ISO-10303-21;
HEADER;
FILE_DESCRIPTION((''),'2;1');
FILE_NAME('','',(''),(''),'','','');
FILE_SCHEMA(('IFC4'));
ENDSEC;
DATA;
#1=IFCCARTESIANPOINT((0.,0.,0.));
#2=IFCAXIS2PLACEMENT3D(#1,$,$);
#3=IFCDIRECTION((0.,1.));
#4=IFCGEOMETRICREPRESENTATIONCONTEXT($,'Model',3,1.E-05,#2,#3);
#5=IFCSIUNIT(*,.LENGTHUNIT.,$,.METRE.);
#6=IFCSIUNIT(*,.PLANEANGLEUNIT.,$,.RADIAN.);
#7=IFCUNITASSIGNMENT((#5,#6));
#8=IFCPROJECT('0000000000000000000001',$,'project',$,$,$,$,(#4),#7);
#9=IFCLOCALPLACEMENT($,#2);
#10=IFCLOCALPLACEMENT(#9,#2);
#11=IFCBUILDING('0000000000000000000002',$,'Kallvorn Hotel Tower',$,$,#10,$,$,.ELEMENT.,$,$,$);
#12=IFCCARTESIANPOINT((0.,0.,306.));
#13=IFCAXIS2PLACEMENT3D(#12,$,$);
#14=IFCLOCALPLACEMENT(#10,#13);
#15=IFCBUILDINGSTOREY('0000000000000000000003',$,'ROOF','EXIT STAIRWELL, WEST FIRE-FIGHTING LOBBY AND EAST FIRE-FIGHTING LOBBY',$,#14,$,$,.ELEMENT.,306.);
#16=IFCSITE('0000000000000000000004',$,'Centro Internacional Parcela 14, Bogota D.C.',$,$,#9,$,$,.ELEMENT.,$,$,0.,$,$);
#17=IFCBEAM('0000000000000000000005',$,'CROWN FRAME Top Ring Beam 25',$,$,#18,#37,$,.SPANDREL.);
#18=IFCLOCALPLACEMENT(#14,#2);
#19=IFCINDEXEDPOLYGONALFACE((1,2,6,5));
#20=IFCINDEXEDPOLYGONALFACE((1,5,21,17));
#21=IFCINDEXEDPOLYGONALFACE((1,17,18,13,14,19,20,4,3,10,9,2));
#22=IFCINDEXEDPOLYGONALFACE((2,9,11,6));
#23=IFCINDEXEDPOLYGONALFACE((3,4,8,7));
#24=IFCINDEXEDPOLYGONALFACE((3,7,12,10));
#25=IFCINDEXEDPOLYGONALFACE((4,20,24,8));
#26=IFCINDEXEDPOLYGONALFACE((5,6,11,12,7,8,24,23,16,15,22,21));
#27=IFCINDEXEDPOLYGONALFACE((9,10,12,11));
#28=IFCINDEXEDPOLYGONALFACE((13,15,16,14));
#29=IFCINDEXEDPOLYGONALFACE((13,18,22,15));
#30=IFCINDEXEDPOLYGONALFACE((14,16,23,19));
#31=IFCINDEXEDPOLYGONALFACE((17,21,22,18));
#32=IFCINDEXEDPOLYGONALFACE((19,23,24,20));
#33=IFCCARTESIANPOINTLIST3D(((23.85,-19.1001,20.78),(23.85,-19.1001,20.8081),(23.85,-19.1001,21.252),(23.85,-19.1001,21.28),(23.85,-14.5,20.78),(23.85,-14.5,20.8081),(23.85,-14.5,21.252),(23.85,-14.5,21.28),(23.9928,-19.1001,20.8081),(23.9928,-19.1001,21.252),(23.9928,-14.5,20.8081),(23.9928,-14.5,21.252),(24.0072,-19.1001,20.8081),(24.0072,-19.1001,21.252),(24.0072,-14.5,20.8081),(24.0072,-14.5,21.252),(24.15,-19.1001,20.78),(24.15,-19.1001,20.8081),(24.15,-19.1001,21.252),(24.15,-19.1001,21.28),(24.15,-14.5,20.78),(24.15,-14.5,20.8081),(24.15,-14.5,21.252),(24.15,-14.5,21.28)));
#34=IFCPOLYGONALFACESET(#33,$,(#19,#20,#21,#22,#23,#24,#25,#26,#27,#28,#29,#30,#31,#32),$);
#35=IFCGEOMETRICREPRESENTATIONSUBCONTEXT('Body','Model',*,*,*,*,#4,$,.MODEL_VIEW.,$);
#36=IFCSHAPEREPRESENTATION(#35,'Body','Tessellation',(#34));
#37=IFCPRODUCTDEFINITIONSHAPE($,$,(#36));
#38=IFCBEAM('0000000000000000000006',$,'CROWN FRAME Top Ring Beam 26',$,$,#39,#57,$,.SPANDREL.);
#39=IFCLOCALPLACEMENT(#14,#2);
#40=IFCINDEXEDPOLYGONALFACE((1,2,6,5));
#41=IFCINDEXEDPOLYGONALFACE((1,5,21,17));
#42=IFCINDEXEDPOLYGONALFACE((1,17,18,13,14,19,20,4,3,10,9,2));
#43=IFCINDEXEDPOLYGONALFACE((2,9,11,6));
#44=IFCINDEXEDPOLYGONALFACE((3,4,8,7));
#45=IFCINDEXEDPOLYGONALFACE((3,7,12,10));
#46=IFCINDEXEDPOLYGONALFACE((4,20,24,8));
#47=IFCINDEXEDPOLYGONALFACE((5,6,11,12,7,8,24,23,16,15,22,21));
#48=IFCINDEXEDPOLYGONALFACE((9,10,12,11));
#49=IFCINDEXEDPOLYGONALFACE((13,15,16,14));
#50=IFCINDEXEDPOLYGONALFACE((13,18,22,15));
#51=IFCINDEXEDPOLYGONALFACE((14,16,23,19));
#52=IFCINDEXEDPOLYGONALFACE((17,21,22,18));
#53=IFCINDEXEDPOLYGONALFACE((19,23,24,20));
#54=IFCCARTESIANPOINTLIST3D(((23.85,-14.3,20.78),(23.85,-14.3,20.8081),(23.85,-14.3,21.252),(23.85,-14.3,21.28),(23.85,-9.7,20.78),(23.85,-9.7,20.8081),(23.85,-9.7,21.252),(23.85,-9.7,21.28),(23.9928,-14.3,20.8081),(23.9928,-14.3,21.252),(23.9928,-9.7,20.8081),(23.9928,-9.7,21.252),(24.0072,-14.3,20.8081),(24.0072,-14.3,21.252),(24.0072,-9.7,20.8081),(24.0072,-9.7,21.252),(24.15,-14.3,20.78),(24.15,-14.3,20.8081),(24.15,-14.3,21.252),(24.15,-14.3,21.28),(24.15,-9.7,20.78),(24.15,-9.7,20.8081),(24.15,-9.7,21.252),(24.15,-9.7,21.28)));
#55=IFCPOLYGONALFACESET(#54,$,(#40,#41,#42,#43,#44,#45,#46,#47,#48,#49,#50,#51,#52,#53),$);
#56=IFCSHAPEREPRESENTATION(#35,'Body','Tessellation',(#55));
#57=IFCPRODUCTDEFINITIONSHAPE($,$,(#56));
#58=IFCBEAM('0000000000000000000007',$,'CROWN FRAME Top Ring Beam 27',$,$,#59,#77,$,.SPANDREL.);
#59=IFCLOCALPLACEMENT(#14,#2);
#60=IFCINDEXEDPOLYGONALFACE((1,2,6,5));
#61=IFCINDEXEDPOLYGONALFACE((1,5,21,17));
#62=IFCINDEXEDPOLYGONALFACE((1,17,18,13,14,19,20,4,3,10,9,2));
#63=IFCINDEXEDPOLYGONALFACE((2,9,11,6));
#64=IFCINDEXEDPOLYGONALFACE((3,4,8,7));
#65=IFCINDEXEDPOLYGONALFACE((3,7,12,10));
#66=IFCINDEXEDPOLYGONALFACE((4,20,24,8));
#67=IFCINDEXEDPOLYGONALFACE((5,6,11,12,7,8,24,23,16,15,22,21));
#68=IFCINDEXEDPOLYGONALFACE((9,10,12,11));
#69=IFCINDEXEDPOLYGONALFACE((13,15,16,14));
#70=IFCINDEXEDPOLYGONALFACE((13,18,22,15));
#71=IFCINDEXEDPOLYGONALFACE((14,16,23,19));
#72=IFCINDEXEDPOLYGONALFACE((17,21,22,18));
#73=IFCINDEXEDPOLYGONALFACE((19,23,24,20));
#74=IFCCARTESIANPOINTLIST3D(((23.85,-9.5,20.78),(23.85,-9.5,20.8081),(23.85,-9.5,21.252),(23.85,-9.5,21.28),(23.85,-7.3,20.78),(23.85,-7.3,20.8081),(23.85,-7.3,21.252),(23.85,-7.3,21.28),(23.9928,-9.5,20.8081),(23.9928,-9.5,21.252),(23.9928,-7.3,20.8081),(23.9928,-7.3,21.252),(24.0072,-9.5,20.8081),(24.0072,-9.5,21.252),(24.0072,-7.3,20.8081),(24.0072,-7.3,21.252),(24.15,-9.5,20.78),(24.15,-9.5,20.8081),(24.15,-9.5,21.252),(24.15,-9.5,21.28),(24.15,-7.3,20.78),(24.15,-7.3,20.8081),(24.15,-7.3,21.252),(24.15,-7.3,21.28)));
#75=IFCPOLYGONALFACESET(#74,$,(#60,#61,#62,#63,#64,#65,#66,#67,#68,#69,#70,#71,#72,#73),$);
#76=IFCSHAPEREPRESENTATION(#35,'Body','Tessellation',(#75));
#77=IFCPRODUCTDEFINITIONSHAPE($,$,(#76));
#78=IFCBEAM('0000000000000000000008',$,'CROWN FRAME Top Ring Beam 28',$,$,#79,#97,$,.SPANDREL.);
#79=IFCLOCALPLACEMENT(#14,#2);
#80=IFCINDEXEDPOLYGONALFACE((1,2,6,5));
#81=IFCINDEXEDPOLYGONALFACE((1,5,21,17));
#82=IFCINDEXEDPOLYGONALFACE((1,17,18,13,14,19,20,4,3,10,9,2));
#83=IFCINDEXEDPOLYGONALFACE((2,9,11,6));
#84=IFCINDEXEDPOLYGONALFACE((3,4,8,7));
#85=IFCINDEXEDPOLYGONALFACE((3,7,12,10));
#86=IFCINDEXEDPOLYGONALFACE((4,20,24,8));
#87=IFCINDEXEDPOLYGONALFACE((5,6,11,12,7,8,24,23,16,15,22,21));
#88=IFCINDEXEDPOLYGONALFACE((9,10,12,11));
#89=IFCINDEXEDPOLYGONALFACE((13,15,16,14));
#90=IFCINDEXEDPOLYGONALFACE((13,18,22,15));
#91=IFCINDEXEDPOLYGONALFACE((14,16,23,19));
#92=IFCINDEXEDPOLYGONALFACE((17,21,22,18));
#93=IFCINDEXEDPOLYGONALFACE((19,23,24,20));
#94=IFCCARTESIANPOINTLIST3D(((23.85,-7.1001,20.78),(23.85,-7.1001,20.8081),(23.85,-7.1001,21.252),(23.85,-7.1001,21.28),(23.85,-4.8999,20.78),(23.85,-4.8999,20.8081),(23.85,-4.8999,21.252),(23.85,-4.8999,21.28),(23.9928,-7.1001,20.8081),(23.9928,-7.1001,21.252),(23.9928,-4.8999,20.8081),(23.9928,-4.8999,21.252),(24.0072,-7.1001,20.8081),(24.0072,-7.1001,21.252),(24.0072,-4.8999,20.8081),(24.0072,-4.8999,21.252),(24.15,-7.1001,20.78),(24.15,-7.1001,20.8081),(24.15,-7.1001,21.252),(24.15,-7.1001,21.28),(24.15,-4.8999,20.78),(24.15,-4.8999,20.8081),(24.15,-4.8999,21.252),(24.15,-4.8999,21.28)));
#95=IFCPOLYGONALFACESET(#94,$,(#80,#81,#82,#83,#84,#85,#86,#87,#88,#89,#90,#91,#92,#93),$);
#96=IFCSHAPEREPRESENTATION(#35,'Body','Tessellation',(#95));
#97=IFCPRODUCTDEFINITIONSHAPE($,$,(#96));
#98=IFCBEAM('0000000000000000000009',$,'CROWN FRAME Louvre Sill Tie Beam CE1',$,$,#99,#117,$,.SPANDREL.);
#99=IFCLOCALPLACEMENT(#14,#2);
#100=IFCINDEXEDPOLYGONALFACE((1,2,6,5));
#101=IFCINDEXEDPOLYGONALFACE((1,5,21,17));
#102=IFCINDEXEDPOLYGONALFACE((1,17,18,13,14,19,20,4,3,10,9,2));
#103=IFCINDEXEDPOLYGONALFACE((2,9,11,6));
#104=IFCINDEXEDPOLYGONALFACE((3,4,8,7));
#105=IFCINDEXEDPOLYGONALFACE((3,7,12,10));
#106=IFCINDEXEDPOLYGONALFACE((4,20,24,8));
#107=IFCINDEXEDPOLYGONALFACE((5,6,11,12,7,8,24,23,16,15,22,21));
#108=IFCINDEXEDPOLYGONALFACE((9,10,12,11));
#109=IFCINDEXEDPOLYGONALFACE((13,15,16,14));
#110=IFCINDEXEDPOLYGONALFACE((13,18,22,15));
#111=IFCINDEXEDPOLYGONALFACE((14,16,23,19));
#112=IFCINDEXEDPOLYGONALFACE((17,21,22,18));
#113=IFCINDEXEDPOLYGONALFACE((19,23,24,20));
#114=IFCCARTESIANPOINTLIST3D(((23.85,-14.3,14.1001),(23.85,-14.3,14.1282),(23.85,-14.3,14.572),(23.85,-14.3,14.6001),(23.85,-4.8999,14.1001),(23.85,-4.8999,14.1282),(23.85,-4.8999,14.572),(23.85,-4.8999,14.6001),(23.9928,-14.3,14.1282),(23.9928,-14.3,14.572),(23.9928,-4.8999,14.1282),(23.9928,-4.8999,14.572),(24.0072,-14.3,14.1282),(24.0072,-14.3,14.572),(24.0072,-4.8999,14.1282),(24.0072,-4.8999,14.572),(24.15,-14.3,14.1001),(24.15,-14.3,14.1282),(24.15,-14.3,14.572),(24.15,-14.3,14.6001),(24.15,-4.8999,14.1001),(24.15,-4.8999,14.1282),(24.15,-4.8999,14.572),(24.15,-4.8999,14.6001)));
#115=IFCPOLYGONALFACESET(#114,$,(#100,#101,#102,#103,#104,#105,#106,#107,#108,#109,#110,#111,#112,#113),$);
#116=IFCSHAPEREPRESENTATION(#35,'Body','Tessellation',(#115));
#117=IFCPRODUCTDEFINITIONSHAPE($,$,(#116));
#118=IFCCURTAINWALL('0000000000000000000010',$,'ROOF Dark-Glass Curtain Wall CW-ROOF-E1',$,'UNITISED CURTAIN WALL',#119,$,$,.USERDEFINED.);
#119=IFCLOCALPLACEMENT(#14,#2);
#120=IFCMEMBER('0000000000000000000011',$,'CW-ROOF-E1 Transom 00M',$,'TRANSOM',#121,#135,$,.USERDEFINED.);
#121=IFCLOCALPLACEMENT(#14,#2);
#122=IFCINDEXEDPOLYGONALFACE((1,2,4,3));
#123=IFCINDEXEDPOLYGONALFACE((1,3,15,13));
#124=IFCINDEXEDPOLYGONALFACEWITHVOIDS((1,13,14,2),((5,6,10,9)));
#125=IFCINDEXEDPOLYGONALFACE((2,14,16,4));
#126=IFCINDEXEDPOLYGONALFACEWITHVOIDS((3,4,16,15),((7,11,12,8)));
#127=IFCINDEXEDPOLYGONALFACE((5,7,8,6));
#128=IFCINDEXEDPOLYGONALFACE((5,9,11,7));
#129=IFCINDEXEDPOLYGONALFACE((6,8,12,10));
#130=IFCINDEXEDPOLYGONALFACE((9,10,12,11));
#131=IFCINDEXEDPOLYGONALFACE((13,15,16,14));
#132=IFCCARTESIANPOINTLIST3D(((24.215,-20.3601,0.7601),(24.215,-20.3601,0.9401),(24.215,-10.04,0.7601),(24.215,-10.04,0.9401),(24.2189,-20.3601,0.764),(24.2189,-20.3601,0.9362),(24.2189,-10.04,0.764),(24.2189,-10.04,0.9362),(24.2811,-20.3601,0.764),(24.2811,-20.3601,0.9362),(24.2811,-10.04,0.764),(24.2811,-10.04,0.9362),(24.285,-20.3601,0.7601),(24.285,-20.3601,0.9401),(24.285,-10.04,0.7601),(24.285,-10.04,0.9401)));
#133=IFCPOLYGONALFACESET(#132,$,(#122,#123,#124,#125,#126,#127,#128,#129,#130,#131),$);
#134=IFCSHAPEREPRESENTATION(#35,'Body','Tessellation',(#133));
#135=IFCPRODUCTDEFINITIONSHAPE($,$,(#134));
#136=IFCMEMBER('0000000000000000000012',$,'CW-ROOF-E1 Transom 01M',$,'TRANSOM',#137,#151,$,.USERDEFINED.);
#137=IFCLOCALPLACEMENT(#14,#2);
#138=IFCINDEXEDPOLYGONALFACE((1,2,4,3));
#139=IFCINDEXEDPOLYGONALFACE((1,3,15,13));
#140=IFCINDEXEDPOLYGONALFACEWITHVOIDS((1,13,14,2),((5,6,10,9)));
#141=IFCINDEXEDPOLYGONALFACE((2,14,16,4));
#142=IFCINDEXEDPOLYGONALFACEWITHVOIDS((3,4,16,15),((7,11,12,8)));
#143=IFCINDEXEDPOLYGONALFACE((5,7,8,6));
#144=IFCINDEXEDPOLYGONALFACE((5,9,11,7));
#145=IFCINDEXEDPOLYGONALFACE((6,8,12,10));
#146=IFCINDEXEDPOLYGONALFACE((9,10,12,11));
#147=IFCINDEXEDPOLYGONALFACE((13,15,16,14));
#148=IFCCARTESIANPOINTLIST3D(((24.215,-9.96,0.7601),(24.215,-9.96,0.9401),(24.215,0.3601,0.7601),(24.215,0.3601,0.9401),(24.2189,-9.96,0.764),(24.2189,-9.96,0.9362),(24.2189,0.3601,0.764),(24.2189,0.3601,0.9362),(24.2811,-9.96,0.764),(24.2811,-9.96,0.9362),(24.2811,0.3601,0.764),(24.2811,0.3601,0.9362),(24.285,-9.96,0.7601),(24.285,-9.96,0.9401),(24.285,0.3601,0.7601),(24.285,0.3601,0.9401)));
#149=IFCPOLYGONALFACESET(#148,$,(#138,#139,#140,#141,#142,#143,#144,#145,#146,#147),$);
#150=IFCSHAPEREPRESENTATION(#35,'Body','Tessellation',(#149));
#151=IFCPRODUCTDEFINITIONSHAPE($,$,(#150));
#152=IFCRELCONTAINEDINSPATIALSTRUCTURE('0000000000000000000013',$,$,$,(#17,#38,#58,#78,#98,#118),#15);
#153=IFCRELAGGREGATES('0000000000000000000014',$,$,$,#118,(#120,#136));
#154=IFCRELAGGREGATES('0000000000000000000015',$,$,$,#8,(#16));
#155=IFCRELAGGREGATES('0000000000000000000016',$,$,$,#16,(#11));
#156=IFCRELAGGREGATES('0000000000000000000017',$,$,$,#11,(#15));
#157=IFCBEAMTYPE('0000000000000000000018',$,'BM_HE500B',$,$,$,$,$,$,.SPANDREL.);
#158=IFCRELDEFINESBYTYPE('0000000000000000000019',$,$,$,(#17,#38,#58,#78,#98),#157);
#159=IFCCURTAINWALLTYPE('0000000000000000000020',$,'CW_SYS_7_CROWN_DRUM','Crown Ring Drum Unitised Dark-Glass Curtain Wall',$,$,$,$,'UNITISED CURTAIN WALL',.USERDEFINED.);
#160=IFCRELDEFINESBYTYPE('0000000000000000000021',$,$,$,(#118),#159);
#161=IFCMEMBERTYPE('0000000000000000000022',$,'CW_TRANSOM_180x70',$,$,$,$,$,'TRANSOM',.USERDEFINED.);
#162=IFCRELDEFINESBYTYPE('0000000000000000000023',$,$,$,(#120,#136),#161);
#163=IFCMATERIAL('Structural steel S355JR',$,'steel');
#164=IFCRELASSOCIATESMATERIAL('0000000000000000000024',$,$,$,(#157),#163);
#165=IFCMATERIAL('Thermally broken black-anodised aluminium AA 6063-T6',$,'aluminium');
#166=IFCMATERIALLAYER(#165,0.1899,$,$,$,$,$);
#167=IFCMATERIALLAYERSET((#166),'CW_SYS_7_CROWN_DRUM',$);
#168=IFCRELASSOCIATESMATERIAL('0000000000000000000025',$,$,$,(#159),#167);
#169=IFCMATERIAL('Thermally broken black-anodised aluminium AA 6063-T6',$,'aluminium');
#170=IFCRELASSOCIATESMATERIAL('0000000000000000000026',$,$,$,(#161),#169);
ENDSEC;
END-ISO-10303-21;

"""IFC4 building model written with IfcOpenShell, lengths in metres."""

from ifc_helpers import new_model, si_unit, direction, frame, origin, origin_2d, place, context, subcontext, project, spatial, hollow_rectangle, i_section, extrude, material, layer, layer_set, material_profile, profile_set, type_object, element, aggregate, save


model = new_model("IFC4")

# Units and contexts
model_context = context("Model", 3, precision=1e-05, world=origin(), true_north=direction((0.0, 1.0)))
body_context = subcontext(model_context, "Body", "Model", "MODEL_VIEW")
ifc_project = project(units=[si_unit("LENGTHUNIT", "METRE"), si_unit("PLANEANGLEUNIT", "RADIAN")], contexts=[model_context])

# Site, building, storey
site_placement = place(None, origin())
site = spatial("IfcSite", under=ifc_project, at=site_placement, Name="Centro Internacional Parcela 14, Bogota D.C.", CompositionType="ELEMENT", RefElevation=0.0)
building_placement = place(site_placement, origin())
building = spatial("IfcBuilding", under=site, at=building_placement, Name="Kallvorn Hotel Tower", CompositionType="ELEMENT")
storey_placement = place(building_placement, frame((0.0, 0.0, 306.0)))
storey = spatial("IfcBuildingStorey", under=building, at=storey_placement, Name="ROOF", Description="EXIT STAIRWELL, WEST FIRE-FIGHTING LOBBY AND EAST FIRE-FIGHTING LOBBY", CompositionType="ELEMENT", Elevation=306.0)

# Beams
ifc_material_1 = material(Name="Structural steel S355JR", Category="steel")
ifc_material_profile_1 = material_profile(ifc_material_1, i_section(OverallWidth=0.3, OverallDepth=0.5, WebThickness=0.0144, FlangeThickness=0.0281, at=origin_2d()), Name="HE 500 B")
ifc_profile_set_1 = profile_set([ifc_material_profile_1], Name="Structural steel S355JR")
beam_type = type_object("IfcBeamType", Name="BM_HE500B", PredefinedType="SPANDREL", material=ifc_profile_set_1)
for number, where, z_axis, x_axis, name in (
    (1, (24.0, -19.1001, 21.03), (0.0, 1.0, 0.0), (-1.0, 0.0, 0.0), "CROWN FRAME Top Ring Beam 25"),
    (2, (24.0, -14.3, 21.03), (0.0, 1.0, 0.0), (-1.0, 0.0, 0.0), "CROWN FRAME Top Ring Beam 26"),
):
    element("IfcBeam", number, at=place(storey_placement, frame(where, z_axis=z_axis, x_axis=x_axis)), inside=storey, type_object=beam_type, Name=name, PredefinedType="SPANDREL", context=body_context, shape_type="SweptSolid", body=[
        extrude(i_section(OverallWidth=0.3, OverallDepth=0.5, WebThickness=0.0144, FlangeThickness=0.0281, at=origin_2d()), origin(), (0.0, 0.0, 1.0), 4.6001),
    ])
beam_1_placement = place(storey_placement, frame((24.0, -9.5, 21.03), z_axis=(0.0, 1.0, 0.0), x_axis=(-1.0, 0.0, 0.0)))
element("IfcBeam", 3, at=beam_1_placement, inside=storey, type_object=beam_type, Name="CROWN FRAME Top Ring Beam 27", PredefinedType="SPANDREL", context=body_context, shape_type="SweptSolid", body=[
    extrude(i_section(OverallWidth=0.3, OverallDepth=0.5, WebThickness=0.0144, FlangeThickness=0.0281, at=origin_2d()), origin(), (0.0, 0.0, 1.0), 2.2),
])
beam_2_placement = place(storey_placement, frame((24.0, -7.1001, 21.03), z_axis=(0.0, 1.0, 0.0), x_axis=(-1.0, 0.0, 0.0)))
element("IfcBeam", 4, at=beam_2_placement, inside=storey, type_object=beam_type, Name="CROWN FRAME Top Ring Beam 28", PredefinedType="SPANDREL", context=body_context, shape_type="SweptSolid", body=[
    extrude(i_section(OverallWidth=0.3, OverallDepth=0.5, WebThickness=0.0144, FlangeThickness=0.0281, at=origin_2d()), origin(), (0.0, 0.0, 1.0), 2.2002),
])
beam_3_placement = place(storey_placement, frame((24.0, -14.3, 14.3501), z_axis=(0.0, 1.0, 0.0), x_axis=(-1.0, 0.0, 0.0)))
element("IfcBeam", 5, at=beam_3_placement, inside=storey, type_object=beam_type, Name="CROWN FRAME Louvre Sill Tie Beam CE1", PredefinedType="SPANDREL", context=body_context, shape_type="SweptSolid", body=[
    extrude(i_section(OverallWidth=0.3, OverallDepth=0.5, WebThickness=0.0144, FlangeThickness=0.0281, at=origin_2d()), origin(), (0.0, 0.0, 1.0), 9.4001),
])

# Curtain wall, members
ifc_material_2 = material(Name="Thermally broken black-anodised aluminium AA 6063-T6", Category="aluminium")
ifc_layer_1 = layer(ifc_material_2, 0.1899)
ifc_layer_set_1 = layer_set([ifc_layer_1], Name="CW_SYS_7_CROWN_DRUM")
curtain_wall_type = type_object("IfcCurtainWallType", Name="CW_SYS_7_CROWN_DRUM", Description="Crown Ring Drum Unitised Dark-Glass Curtain Wall", ElementType="UNITISED CURTAIN WALL", PredefinedType="USERDEFINED", material=ifc_layer_set_1)
curtain_wall_1_placement = place(storey_placement, origin())
curtain_wall_1 = element("IfcCurtainWall", 6, at=curtain_wall_1_placement, inside=storey, type_object=curtain_wall_type, Name="ROOF Dark-Glass Curtain Wall CW-ROOF-E1", ObjectType="UNITISED CURTAIN WALL", PredefinedType="USERDEFINED")
ifc_material_3 = material(Name="Thermally broken black-anodised aluminium AA 6063-T6", Category="aluminium")
ifc_material_profile_2 = material_profile(ifc_material_3, hollow_rectangle(XDim=0.0701, YDim=0.1799, WallThickness=0.0039, at=origin_2d()), Name="TRN 180x70")
ifc_profile_set_2 = profile_set([ifc_material_profile_2], Name="Thermally broken black-anodised aluminium AA 6063-T6")
member_type_1 = type_object("IfcMemberType", Name="CW_TRANSOM_180x70", ElementType="TRANSOM", PredefinedType="USERDEFINED", material=ifc_profile_set_2)
member_1_placement = place(storey_placement, frame((24.25, -20.3601, 0.8501), z_axis=(0.0, 1.0, 0.0), x_axis=(-1.0, 0.0, 0.0)))
member_1 = element("IfcMember", 7, at=member_1_placement, type_object=member_type_1, Name="CW-ROOF-E1 Transom 00M", ObjectType="TRANSOM", PredefinedType="USERDEFINED", context=body_context, shape_type="SweptSolid", body=[
    extrude(hollow_rectangle(XDim=0.0701, YDim=0.1799, WallThickness=0.0039, at=origin_2d()), origin(), (0.0, 0.0, 1.0), 10.3201),
])
member_2_placement = place(storey_placement, frame((24.25, -9.96, 0.8501), z_axis=(0.0, 1.0, 0.0), x_axis=(-1.0, 0.0, 0.0)))
member_2 = element("IfcMember", 8, at=member_2_placement, type_object=member_type_1, Name="CW-ROOF-E1 Transom 01M", ObjectType="TRANSOM", PredefinedType="USERDEFINED", context=body_context, shape_type="SweptSolid", body=[
    extrude(hollow_rectangle(XDim=0.0701, YDim=0.1799, WallThickness=0.0039, at=origin_2d()), origin(), (0.0, 0.0, 1.0), 10.3201),
])

aggregate(curtain_wall_1, [member_1, member_2])

save(model, "model.ifc")
